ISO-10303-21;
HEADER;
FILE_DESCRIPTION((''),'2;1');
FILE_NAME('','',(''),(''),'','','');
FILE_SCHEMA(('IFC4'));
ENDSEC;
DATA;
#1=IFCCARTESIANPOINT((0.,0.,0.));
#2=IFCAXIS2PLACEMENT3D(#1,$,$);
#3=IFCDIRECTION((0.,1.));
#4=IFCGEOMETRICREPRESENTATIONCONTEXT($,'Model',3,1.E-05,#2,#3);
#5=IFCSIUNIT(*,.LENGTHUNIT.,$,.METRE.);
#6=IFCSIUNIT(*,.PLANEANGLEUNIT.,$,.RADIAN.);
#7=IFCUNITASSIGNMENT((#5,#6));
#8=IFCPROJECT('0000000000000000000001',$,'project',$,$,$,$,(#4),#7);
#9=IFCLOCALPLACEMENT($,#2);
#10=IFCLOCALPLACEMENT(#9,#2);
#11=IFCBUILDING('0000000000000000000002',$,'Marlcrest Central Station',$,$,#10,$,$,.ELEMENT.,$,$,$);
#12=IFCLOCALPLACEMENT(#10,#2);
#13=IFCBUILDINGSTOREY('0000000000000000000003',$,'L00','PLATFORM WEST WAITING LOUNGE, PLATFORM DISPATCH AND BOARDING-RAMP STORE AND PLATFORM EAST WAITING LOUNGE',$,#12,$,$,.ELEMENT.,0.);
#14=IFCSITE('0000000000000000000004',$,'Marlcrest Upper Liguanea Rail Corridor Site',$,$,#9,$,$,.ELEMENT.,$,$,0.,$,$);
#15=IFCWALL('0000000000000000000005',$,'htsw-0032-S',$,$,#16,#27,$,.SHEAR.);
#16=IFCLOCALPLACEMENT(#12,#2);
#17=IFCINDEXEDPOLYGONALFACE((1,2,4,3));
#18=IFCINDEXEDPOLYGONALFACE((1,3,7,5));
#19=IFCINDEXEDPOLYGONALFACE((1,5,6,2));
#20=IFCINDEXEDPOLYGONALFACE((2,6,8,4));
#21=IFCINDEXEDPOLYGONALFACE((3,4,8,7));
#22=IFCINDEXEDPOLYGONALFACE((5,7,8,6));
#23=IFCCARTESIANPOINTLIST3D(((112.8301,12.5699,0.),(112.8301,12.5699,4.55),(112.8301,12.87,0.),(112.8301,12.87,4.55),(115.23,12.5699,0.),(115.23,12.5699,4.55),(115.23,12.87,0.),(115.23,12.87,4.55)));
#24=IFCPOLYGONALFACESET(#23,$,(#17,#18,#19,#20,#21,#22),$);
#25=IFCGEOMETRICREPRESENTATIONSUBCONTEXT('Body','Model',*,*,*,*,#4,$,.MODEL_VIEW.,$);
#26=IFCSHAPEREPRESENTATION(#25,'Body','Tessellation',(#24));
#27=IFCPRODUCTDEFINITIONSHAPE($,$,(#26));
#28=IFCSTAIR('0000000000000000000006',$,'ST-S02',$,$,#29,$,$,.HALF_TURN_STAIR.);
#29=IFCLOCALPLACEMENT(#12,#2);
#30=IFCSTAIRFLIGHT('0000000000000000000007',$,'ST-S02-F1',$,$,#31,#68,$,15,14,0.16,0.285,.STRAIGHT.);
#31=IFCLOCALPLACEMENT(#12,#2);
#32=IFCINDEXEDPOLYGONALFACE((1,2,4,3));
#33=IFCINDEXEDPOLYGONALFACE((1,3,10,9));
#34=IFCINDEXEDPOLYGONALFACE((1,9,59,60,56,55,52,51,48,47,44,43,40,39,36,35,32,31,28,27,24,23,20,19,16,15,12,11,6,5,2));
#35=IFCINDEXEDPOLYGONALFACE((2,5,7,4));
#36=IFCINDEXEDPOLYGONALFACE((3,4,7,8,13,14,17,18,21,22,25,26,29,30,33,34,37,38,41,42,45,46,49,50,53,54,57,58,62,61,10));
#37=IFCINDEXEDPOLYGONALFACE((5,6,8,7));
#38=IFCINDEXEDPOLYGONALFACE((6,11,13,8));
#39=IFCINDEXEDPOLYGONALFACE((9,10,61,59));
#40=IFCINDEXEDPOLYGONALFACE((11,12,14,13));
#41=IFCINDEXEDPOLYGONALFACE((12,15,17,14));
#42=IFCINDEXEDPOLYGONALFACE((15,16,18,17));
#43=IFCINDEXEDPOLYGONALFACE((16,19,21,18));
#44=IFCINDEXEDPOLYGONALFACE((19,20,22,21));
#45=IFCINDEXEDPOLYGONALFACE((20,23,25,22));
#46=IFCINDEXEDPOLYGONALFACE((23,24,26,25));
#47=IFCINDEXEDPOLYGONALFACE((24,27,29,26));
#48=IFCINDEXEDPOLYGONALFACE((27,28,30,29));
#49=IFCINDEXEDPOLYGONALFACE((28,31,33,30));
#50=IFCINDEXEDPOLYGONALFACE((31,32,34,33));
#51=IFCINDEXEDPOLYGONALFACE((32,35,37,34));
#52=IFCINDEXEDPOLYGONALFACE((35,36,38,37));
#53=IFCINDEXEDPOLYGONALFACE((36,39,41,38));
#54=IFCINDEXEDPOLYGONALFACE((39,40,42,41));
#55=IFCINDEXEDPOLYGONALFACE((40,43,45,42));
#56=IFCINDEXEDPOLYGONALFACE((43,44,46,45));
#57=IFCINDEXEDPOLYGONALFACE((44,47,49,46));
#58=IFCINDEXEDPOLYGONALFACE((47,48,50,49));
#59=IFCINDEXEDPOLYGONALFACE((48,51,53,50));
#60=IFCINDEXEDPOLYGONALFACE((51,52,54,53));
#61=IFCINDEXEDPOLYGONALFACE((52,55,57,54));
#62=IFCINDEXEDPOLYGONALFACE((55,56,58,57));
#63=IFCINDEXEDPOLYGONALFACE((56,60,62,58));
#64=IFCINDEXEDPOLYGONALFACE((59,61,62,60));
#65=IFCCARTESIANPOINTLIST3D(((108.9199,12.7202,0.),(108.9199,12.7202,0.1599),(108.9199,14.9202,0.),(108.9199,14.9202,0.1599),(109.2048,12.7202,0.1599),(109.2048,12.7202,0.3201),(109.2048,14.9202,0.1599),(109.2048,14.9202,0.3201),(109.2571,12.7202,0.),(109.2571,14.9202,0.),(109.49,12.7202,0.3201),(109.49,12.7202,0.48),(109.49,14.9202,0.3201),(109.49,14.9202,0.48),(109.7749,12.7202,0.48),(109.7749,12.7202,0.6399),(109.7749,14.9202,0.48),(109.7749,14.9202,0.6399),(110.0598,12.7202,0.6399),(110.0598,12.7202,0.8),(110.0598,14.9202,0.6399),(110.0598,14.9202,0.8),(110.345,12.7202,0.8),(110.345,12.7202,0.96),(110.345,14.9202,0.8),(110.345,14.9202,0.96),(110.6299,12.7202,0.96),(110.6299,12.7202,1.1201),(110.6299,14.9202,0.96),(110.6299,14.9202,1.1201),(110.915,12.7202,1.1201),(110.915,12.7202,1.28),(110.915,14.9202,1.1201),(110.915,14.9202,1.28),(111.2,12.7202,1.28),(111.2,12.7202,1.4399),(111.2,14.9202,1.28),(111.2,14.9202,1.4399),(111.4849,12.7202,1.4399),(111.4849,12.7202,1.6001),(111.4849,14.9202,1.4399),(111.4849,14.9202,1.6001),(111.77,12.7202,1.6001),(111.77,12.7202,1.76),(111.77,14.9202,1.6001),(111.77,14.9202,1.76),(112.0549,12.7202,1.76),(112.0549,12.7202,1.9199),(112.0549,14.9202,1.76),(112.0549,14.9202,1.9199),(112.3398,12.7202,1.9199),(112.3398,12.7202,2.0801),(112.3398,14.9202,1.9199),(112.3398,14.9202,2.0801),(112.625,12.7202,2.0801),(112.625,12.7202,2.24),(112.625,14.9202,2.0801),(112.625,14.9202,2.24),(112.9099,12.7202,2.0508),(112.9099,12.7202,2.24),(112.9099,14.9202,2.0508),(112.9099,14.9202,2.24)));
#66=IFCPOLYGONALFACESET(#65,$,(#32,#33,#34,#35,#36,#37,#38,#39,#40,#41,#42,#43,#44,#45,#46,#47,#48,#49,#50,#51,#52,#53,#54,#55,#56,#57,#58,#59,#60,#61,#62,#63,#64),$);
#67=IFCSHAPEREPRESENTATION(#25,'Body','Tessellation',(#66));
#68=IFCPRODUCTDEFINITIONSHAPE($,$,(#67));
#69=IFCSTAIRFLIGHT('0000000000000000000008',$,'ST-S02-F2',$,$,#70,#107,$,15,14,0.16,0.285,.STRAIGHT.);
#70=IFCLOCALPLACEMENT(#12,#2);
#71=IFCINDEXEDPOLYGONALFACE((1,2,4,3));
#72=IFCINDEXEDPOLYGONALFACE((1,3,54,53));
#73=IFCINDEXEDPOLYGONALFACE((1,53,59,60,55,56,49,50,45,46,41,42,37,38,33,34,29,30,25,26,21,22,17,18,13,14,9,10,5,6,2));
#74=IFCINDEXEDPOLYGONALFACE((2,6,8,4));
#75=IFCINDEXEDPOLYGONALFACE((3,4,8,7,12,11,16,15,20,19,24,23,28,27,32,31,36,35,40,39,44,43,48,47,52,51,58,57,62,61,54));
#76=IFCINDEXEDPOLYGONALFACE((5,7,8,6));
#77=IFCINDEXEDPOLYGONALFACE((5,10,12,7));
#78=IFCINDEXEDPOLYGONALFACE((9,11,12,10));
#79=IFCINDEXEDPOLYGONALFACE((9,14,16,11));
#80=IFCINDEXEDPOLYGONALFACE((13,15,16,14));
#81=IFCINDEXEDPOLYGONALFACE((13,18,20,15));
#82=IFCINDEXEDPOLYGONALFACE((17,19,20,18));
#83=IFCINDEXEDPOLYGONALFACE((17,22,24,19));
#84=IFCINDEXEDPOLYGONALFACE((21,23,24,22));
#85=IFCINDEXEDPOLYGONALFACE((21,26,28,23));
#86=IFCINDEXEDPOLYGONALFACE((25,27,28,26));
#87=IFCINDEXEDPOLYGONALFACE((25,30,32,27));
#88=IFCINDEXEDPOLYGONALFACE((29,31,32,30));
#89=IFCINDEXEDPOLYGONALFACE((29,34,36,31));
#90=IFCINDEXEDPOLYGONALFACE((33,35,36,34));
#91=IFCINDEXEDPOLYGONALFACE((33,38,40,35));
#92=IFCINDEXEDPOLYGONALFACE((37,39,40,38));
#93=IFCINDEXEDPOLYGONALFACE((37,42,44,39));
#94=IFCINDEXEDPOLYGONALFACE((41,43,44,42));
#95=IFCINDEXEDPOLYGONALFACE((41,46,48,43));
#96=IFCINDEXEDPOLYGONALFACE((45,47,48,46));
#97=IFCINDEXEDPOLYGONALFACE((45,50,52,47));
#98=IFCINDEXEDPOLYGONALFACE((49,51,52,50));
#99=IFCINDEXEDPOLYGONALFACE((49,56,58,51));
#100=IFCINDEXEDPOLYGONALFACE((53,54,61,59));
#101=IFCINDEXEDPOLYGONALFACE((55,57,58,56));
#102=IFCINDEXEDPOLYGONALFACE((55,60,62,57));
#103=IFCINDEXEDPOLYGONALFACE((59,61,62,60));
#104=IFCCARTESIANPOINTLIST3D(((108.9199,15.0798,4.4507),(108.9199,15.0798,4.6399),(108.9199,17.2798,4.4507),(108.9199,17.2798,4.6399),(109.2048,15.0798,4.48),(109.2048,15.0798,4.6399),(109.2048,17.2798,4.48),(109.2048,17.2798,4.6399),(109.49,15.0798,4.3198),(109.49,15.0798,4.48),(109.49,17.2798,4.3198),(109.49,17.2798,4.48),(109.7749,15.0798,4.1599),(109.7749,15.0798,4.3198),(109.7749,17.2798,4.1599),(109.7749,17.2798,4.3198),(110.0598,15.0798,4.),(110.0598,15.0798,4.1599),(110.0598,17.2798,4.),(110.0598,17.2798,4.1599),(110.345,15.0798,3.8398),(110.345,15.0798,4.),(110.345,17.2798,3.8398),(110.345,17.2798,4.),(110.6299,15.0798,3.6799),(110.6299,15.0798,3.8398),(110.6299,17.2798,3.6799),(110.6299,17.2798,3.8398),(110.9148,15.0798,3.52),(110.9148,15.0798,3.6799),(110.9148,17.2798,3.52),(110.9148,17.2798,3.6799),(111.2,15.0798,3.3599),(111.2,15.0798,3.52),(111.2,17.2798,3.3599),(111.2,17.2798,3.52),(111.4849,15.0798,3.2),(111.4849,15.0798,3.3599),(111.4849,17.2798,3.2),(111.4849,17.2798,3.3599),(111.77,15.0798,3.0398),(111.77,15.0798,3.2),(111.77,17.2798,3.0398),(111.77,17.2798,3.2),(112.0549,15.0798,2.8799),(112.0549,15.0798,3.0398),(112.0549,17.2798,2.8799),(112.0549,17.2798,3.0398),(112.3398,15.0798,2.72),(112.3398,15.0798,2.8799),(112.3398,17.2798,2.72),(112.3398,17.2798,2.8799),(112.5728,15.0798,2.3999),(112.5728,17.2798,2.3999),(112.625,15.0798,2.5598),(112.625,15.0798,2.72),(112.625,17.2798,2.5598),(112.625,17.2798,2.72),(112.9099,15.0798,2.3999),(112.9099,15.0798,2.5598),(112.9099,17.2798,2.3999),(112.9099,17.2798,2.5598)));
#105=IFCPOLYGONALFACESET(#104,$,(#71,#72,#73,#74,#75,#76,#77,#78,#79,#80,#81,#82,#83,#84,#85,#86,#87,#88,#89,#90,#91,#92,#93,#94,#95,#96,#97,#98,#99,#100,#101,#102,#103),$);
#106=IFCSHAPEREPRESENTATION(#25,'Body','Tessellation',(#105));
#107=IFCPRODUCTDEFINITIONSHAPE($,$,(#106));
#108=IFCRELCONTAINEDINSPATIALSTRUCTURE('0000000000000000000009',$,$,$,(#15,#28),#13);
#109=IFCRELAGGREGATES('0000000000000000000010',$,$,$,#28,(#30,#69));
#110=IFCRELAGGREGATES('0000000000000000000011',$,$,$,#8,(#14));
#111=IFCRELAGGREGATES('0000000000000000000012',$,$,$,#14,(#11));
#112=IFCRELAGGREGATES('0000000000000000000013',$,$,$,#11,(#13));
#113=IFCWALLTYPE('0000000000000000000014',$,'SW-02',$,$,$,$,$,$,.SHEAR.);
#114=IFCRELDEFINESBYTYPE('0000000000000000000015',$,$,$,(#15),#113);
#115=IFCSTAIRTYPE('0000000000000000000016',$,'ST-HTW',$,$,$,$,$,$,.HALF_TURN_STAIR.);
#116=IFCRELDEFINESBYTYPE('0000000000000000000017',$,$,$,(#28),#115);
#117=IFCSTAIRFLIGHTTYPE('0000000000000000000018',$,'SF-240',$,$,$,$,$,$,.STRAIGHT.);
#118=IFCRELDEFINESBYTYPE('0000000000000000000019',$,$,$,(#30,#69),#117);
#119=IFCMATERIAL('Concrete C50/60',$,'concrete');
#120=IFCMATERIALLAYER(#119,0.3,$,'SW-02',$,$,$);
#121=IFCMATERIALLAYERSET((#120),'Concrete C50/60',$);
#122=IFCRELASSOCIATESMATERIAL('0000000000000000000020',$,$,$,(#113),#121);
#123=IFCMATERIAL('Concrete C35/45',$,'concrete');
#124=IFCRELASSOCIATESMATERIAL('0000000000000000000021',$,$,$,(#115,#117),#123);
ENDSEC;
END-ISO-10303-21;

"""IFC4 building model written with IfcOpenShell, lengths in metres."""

from ifc_helpers import new_model, si_unit, direction, frame, frame_2d, origin, place, context, subcontext, project, spatial, polyline, rectangle, outline, extrude, material, layer, layer_set, type_object, element, aggregate, save


model = new_model("IFC4")

# Units and contexts
model_context = context("Model", 3, precision=1e-05, world=origin(), true_north=direction((0.0, 1.0)))
body_context = subcontext(model_context, "Body", "Model", "MODEL_VIEW")
ifc_project = project(units=[si_unit("LENGTHUNIT", "METRE"), si_unit("PLANEANGLEUNIT", "RADIAN")], contexts=[model_context])

# Site, building, storey
site_placement = place(None, origin())
site = spatial("IfcSite", under=ifc_project, at=site_placement, Name="Marlcrest Upper Liguanea Rail Corridor Site", CompositionType="ELEMENT", RefElevation=0.0)
building_placement = place(site_placement, origin())
building = spatial("IfcBuilding", under=site, at=building_placement, Name="Marlcrest Central Station", CompositionType="ELEMENT")
storey_placement = place(building_placement, origin())
storey = spatial("IfcBuildingStorey", under=building, at=storey_placement, Name="L00", Description="PLATFORM WEST WAITING LOUNGE, PLATFORM DISPATCH AND BOARDING-RAMP STORE AND PLATFORM EAST WAITING LOUNGE", CompositionType="ELEMENT", Elevation=0.0)

# Shared definitions
ifc_material_1 = material(Name="Concrete C35/45", Category="concrete")

# Wall
ifc_material_2 = material(Name="Concrete C50/60", Category="concrete")
ifc_layer_1 = layer(ifc_material_2, 0.3, Name="SW-02")
ifc_layer_set_1 = layer_set([ifc_layer_1], Name="Concrete C50/60")
wall_type = type_object("IfcWallType", Name="SW-02", PredefinedType="SHEAR", material=ifc_layer_set_1)
wall_placement = place(storey_placement, frame((112.8301, 12.72, 0.0), z_axis=(0.0, 0.0, 1.0), x_axis=(1.0, 0.0, 0.0)))
element("IfcWall", 1, at=wall_placement, inside=storey, type_object=wall_type, Name="htsw-0032-S", PredefinedType="SHEAR", context=body_context, shape_type="SweptSolid", body=[
    extrude(rectangle(XDim=2.3999, YDim=0.3, at=frame_2d((1.2, 0.0))), origin(), (0.0, 0.0, 1.0), 4.55),
])

# Stair, stair flights
stair_type = type_object("IfcStairType", Name="ST-HTW", PredefinedType="HALF_TURN_STAIR", material=ifc_material_1)
stair_placement = place(storey_placement, origin())
stair = element("IfcStair", 2, at=stair_placement, inside=storey, type_object=stair_type, Name="ST-S02", PredefinedType="HALF_TURN_STAIR")
stair_flight_type = type_object("IfcStairFlightType", Name="SF-240", PredefinedType="STRAIGHT", material=ifc_material_1)
stair_flight_1_placement = place(storey_placement, frame((108.9199, 13.8201, 0.0), z_axis=(0.0, 0.0, 1.0), x_axis=(1.0, 0.0, 0.0)))
stair_flight_1 = element("IfcStairFlight", 3, at=stair_flight_1_placement, type_object=stair_flight_type, Name="ST-S02-F1", NumberOfRisers=15, NumberOfTreads=14, PredefinedType="STRAIGHT", RiserHeight=0.16, TreadLength=0.285, context=body_context, shape_type="SweptSolid", body=[
    extrude(outline(polyline([(0.0, 0.0), (0.0, 0.1599), (0.2849, 0.1599), (0.2849, 0.3201), (0.5701, 0.3201), (0.5701, 0.48), (0.855, 0.48), (0.855, 0.6399), (1.1399, 0.6399), (1.1399, 0.8), (1.425, 0.8), (1.425, 0.96), (1.71, 0.96), (1.71, 1.1201), (1.9951, 1.1201), (1.9951, 1.28), (2.28, 1.28), (2.28, 1.4399), (2.5649, 1.4399), (2.5649, 1.6001), (2.8501, 1.6001), (2.8501, 1.76), (3.135, 1.76), (3.135, 1.9199), (3.4199, 1.9199), (3.4199, 2.0801), (3.7051, 2.0801), (3.7051, 2.24), (3.99, 2.24), (3.99, 2.3999), (3.99, 2.0508), (0.3372, 0.0), (0.0, 0.0)])), frame((0.0, 1.1001, 0.0), z_axis=(0.0, -1.0, 0.0), x_axis=(1.0, 0.0, 0.0)), (0.0, 0.0, 1.0), 2.2),
])
stair_flight_2_placement = place(storey_placement, frame((112.9099, 16.1799, 2.3999), z_axis=(0.0, 0.0, 1.0), x_axis=(-1.0, 0.0, 0.0)))
stair_flight_2 = element("IfcStairFlight", 4, at=stair_flight_2_placement, type_object=stair_flight_type, Name="ST-S02-F2", NumberOfRisers=15, NumberOfTreads=14, PredefinedType="STRAIGHT", RiserHeight=0.16, TreadLength=0.285, context=body_context, shape_type="SweptSolid", body=[
    extrude(outline(polyline([(0.0, 0.0), (0.0, 0.1599), (0.2849, 0.1599), (0.2849, 0.3201), (0.5701, 0.3201), (0.5701, 0.48), (0.855, 0.48), (0.855, 0.6399), (1.1399, 0.6399), (1.1399, 0.8), (1.425, 0.8), (1.425, 0.96), (1.71, 0.96), (1.71, 1.1201), (1.9951, 1.1201), (1.9951, 1.28), (2.28, 1.28), (2.28, 1.4399), (2.5649, 1.4399), (2.5649, 1.6001), (2.8501, 1.6001), (2.8501, 1.76), (3.135, 1.76), (3.135, 1.9199), (3.4199, 1.9199), (3.4199, 2.0801), (3.7051, 2.0801), (3.7051, 2.24), (3.99, 2.24), (3.99, 2.3999), (3.99, 2.0508), (0.3372, 0.0), (0.0, 0.0)])), frame((0.0, 1.1001, 0.0), z_axis=(0.0, -1.0, 0.0), x_axis=(1.0, 0.0, 0.0)), (0.0, 0.0, 1.0), 2.2),
])
aggregate(stair, [stair_flight_1, stair_flight_2])

save(model, "model.ifc")
